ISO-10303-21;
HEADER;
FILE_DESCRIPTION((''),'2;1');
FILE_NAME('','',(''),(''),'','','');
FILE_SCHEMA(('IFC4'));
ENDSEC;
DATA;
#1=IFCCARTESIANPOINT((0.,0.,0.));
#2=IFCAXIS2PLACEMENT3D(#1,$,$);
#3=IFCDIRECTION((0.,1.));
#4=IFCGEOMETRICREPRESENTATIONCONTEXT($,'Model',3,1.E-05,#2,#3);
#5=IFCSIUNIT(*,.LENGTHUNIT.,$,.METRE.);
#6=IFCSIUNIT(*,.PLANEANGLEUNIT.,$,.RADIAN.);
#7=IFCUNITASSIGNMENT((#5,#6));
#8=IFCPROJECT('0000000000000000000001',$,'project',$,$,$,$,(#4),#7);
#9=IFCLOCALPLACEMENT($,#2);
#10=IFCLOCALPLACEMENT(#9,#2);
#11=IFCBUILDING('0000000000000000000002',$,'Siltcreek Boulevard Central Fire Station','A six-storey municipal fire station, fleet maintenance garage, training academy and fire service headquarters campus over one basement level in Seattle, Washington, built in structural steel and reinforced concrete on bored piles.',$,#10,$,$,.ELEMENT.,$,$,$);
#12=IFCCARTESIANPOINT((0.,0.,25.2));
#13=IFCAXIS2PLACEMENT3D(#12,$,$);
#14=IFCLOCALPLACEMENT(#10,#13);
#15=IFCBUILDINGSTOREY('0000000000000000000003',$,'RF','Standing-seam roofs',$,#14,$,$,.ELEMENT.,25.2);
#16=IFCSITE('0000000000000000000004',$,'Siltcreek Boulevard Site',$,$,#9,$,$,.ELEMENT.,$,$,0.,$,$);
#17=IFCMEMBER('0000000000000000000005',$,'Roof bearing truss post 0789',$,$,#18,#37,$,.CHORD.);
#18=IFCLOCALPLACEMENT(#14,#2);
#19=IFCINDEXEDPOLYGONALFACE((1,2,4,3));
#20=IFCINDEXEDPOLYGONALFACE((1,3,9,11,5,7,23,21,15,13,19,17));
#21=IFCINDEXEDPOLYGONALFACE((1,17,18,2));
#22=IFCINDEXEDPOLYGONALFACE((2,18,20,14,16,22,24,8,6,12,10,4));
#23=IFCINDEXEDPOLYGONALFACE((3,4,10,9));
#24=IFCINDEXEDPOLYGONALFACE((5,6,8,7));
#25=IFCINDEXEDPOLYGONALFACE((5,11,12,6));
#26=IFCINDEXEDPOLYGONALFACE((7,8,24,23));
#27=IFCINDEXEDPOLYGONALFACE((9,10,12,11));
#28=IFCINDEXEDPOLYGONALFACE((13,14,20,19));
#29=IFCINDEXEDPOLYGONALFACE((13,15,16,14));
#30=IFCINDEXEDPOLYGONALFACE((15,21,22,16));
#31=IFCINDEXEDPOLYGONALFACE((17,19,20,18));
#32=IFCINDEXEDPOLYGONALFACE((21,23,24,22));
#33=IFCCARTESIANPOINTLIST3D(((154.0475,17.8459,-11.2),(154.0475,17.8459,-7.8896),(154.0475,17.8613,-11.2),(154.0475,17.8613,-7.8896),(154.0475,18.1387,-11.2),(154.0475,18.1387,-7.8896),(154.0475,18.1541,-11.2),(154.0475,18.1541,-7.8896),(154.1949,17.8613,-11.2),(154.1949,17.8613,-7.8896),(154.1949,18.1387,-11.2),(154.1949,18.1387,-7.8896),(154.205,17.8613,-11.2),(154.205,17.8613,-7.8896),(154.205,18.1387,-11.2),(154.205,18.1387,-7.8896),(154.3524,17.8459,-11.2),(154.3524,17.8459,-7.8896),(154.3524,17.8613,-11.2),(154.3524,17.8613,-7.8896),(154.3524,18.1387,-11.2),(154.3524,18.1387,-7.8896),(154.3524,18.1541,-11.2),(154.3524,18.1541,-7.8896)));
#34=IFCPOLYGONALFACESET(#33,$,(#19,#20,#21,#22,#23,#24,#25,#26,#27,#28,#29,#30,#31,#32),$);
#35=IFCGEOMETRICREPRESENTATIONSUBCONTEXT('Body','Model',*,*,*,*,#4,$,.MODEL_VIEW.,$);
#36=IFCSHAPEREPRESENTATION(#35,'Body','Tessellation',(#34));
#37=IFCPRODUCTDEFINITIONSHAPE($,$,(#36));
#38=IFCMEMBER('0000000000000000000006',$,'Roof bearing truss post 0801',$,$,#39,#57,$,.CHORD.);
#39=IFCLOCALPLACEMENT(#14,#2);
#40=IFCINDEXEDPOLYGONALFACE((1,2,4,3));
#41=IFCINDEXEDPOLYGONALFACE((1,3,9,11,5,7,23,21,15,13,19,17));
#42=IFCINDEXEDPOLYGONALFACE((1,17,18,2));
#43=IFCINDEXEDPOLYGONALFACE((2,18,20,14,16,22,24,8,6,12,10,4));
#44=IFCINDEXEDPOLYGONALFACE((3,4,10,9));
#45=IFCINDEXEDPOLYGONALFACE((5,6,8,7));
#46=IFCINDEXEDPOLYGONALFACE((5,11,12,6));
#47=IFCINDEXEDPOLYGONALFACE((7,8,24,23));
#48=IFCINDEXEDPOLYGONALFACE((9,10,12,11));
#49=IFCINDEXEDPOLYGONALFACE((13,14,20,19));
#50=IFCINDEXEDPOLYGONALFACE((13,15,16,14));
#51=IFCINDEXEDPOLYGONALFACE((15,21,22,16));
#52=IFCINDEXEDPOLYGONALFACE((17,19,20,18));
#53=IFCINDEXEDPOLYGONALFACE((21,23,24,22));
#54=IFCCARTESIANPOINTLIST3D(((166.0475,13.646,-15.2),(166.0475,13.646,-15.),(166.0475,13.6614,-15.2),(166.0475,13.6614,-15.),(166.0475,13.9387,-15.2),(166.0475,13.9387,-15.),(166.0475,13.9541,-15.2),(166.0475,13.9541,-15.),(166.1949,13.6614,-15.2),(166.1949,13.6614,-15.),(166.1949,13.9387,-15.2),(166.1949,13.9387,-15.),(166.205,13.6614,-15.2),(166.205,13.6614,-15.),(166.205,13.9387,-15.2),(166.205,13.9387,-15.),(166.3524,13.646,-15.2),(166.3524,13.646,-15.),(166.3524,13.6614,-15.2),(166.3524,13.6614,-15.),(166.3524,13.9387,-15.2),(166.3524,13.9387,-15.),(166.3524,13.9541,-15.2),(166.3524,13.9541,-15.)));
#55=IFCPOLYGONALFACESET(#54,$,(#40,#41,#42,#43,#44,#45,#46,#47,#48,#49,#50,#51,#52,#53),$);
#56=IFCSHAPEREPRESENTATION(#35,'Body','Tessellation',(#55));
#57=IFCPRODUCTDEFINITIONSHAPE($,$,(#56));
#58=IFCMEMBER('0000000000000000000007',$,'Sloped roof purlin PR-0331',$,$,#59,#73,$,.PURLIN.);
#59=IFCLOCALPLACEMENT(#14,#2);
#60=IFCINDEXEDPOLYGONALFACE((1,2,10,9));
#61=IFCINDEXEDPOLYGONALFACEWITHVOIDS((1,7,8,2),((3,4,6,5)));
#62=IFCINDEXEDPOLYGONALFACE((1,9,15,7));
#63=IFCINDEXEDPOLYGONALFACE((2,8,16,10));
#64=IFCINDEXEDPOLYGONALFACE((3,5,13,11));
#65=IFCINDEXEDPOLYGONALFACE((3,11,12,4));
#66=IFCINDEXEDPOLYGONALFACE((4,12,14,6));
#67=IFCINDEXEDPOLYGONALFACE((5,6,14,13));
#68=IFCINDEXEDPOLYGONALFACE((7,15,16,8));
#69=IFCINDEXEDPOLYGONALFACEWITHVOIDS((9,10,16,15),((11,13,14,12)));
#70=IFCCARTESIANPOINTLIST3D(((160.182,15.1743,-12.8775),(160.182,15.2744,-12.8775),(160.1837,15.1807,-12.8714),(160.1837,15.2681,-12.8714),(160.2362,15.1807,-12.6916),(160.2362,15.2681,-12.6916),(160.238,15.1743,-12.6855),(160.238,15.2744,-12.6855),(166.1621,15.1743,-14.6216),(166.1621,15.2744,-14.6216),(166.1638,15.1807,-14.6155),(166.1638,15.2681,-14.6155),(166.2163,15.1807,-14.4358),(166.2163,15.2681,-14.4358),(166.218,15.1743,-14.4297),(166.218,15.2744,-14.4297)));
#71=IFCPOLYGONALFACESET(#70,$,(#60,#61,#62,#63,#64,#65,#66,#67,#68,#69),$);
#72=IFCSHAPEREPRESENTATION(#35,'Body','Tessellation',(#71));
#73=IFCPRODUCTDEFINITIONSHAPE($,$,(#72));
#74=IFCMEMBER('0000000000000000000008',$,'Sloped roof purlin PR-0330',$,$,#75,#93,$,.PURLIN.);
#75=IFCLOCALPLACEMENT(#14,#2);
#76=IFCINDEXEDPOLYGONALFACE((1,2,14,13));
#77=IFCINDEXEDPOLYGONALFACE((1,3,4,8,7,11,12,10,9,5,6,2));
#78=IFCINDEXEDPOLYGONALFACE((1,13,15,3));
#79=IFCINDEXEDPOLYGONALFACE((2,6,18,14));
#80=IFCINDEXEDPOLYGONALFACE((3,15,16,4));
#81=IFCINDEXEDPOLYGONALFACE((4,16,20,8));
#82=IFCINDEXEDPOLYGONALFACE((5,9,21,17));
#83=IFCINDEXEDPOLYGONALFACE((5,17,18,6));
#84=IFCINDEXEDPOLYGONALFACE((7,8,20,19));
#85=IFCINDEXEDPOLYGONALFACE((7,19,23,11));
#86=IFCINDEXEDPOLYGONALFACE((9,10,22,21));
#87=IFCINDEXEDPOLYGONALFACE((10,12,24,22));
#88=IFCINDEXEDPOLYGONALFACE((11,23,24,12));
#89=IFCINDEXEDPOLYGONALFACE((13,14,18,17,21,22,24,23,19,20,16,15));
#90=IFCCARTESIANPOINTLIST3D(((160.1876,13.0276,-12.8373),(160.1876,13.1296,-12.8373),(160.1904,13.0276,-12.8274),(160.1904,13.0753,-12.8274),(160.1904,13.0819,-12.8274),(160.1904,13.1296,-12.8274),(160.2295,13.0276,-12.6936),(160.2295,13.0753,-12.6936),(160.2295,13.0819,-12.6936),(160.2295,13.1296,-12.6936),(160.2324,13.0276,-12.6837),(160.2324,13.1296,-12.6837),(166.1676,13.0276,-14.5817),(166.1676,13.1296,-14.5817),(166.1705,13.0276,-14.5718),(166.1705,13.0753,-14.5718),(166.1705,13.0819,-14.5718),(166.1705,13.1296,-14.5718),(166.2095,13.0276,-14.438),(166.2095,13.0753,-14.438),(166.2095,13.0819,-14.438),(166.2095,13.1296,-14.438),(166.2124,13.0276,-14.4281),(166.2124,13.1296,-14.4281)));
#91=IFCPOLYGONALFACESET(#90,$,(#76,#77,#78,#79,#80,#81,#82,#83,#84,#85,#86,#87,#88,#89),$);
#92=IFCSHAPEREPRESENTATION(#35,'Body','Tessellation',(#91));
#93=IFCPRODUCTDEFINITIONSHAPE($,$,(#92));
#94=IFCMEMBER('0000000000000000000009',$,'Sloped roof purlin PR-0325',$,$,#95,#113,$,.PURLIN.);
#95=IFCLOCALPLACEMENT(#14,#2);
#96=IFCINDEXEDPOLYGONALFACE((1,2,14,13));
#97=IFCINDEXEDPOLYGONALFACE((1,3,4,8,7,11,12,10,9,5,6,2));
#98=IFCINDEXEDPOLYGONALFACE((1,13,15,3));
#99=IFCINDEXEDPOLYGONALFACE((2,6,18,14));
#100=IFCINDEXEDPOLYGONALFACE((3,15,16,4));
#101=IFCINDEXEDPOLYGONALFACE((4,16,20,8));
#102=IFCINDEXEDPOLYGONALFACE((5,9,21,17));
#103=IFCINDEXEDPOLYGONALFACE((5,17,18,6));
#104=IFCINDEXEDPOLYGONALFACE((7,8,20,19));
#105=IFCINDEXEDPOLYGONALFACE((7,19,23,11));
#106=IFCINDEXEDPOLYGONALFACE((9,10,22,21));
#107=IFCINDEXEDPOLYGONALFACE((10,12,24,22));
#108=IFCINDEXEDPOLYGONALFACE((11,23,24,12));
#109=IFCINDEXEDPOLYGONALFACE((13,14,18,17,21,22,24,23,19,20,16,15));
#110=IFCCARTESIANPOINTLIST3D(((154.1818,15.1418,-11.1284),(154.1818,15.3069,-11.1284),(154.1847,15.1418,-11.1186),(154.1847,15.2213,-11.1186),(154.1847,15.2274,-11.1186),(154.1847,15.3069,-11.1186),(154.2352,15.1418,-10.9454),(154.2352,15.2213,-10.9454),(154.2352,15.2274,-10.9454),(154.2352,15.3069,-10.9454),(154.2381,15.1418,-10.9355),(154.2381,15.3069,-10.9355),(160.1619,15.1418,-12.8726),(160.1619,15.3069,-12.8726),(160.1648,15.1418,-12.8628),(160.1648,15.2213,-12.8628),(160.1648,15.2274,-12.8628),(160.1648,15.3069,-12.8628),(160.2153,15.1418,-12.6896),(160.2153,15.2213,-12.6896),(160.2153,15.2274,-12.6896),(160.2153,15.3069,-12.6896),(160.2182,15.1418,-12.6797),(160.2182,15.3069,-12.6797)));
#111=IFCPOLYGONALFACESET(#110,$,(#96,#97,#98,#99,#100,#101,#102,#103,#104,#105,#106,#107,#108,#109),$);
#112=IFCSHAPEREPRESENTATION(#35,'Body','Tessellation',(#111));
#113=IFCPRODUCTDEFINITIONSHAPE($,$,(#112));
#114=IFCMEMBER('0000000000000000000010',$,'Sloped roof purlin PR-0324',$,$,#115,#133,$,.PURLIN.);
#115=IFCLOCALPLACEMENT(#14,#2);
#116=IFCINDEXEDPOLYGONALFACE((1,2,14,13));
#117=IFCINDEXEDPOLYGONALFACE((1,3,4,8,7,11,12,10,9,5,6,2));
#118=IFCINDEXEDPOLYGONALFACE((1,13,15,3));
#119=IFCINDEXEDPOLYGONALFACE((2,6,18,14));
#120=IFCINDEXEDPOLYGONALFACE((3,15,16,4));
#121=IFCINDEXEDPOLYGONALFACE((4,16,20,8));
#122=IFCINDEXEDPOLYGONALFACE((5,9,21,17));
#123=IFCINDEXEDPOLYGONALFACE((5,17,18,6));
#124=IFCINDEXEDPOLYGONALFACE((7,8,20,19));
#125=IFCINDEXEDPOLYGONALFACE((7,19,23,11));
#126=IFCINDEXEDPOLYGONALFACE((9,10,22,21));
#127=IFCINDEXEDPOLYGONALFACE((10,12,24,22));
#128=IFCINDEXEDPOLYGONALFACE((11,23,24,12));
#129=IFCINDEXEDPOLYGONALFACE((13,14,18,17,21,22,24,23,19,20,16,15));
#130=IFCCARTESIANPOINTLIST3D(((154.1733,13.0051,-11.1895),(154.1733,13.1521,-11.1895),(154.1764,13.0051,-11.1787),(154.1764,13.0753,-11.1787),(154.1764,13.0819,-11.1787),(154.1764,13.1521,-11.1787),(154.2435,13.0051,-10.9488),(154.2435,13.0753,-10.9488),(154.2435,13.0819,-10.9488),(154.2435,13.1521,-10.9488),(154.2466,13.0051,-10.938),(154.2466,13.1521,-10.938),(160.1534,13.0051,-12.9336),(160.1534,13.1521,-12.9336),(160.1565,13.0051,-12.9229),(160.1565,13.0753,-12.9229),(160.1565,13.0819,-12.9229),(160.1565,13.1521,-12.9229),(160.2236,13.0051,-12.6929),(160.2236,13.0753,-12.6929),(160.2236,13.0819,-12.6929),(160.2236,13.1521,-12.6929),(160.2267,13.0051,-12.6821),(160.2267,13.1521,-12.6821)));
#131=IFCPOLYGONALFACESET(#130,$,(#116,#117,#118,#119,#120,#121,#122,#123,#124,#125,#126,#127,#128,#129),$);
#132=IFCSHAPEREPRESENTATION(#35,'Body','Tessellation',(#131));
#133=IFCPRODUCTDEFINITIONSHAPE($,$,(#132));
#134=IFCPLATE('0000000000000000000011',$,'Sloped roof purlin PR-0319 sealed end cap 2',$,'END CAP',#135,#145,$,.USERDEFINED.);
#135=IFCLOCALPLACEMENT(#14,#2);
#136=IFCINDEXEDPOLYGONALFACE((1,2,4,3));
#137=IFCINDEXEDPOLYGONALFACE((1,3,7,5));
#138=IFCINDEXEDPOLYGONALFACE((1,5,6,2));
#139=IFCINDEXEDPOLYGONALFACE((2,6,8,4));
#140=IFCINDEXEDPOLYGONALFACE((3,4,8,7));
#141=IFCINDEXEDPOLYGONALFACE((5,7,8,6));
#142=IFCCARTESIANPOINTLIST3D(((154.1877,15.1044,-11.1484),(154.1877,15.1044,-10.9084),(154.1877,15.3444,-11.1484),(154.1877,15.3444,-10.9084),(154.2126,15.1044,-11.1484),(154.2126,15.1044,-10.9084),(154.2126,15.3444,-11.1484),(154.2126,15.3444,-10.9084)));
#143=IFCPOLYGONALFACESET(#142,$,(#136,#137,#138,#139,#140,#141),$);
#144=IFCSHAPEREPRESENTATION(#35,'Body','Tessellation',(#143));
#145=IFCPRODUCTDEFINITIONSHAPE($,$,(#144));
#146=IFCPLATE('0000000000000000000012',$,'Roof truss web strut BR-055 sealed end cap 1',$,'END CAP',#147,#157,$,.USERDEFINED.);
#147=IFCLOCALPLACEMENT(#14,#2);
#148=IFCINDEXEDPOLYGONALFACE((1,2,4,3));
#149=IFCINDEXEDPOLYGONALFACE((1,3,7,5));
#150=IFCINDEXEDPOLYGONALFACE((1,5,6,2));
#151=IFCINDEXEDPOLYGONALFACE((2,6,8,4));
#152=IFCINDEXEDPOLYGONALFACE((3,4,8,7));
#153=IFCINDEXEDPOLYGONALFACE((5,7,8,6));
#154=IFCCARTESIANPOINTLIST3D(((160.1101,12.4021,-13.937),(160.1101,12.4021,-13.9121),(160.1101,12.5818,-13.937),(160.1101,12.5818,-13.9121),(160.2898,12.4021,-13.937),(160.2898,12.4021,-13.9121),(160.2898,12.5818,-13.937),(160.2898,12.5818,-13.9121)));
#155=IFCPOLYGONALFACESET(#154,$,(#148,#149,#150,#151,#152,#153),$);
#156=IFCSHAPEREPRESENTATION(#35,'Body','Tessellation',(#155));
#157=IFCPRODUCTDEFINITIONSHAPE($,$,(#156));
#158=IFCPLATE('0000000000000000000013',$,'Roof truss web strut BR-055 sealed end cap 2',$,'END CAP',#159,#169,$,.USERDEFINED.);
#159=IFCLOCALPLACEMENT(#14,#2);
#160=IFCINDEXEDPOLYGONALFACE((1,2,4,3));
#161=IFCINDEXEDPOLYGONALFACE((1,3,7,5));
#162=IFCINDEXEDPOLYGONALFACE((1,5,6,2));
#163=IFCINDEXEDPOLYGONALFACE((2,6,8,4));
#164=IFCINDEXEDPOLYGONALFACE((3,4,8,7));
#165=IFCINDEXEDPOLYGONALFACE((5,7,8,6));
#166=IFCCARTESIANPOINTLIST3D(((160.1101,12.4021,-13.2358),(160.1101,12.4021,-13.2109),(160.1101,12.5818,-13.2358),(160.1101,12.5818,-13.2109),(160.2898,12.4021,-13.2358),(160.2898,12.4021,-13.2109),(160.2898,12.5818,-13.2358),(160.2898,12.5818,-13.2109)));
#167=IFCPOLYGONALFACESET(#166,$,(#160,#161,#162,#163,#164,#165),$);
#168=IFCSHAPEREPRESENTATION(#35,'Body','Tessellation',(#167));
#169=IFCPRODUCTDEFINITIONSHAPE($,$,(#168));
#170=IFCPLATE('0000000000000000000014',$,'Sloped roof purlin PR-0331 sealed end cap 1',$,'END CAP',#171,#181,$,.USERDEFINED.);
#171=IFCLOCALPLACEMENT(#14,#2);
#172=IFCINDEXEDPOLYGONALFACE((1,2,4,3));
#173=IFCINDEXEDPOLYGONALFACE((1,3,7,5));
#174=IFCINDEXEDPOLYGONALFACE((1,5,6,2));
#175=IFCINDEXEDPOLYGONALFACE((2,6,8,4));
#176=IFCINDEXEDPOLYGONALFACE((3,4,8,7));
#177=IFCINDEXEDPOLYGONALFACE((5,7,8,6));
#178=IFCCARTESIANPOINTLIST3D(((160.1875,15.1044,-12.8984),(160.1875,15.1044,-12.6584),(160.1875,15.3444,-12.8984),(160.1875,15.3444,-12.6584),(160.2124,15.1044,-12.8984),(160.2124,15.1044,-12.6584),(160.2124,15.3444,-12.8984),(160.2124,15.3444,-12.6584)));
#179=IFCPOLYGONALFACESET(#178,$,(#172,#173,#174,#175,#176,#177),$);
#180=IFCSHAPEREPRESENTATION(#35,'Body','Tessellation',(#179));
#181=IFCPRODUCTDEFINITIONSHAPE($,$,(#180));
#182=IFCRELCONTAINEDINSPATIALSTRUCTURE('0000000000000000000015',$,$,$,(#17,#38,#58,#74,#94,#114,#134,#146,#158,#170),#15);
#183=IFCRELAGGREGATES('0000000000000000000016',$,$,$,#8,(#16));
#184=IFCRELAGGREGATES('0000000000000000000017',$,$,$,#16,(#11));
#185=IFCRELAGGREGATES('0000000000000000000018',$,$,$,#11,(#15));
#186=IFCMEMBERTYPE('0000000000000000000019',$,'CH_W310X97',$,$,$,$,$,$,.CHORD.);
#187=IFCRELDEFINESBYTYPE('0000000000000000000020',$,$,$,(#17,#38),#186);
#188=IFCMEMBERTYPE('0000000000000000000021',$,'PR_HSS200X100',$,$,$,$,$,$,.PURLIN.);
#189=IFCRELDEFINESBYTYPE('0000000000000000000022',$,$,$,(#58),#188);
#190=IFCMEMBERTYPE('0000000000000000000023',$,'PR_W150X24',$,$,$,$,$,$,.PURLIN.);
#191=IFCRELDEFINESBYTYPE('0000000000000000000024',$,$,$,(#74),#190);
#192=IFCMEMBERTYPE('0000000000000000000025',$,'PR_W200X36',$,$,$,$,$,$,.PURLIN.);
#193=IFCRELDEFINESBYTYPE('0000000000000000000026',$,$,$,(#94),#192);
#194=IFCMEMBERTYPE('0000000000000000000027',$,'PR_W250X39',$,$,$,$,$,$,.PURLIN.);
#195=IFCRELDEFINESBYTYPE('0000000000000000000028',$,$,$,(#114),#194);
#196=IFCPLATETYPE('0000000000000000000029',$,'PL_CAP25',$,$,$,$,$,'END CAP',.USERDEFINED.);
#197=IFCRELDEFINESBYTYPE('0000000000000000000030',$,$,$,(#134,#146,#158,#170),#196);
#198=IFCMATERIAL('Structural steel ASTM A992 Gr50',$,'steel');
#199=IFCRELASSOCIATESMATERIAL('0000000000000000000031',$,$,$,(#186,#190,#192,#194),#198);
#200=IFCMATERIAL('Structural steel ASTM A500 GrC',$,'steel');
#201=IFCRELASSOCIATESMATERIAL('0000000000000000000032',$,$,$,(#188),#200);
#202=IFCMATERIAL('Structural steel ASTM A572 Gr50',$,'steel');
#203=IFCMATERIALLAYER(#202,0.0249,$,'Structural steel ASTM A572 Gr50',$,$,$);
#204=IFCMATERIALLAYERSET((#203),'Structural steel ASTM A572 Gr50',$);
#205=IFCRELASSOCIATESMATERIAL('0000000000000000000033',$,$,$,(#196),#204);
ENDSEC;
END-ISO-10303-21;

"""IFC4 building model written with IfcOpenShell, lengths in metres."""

from ifc_helpers import new_model, si_unit, direction, frame, origin, origin_2d, place, context, subcontext, project, spatial, rectangle, hollow_rectangle, i_section, extrude, material, layer, layer_set, material_profile, profile_set, type_object, element, save


model = new_model("IFC4")

# Units and contexts
model_context = context("Model", 3, precision=1e-05, world=origin(), true_north=direction((0.0, 1.0)))
body_context = subcontext(model_context, "Body", "Model", "MODEL_VIEW")
ifc_project = project(units=[si_unit("LENGTHUNIT", "METRE"), si_unit("PLANEANGLEUNIT", "RADIAN")], contexts=[model_context])

# Site, building, storey
site_placement = place(None, origin())
site = spatial("IfcSite", under=ifc_project, at=site_placement, Name="Siltcreek Boulevard Site", CompositionType="ELEMENT", RefElevation=0.0)
building_placement = place(site_placement, origin())
building = spatial("IfcBuilding", under=site, at=building_placement, Name="Siltcreek Boulevard Central Fire Station", Description="A six-storey municipal fire station, fleet maintenance garage, training academy and fire service headquarters campus over one basement level in Seattle, Washington, built in structural steel and reinforced concrete on bored piles.", CompositionType="ELEMENT")
storey_placement = place(building_placement, frame((0.0, 0.0, 25.2)))
storey = spatial("IfcBuildingStorey", under=building, at=storey_placement, Name="RF", Description="Standing-seam roofs", CompositionType="ELEMENT", Elevation=25.2)

# Members
ifc_material_1 = material(Name="Structural steel ASTM A992 Gr50", Category="steel")
ifc_material_profile_1 = material_profile(ifc_material_1, i_section(OverallWidth=0.3049, OverallDepth=0.3081, WebThickness=0.01, FlangeThickness=0.0154, at=origin_2d()), Name="W310X97")
ifc_profile_set_1 = profile_set([ifc_material_profile_1], Name="Structural steel ASTM A992 Gr50")
member_type_1 = type_object("IfcMemberType", Name="CH_W310X97", PredefinedType="CHORD", material=ifc_profile_set_1)
member_1_placement = place(storey_placement, frame((154.2, 18.0, -11.2), z_axis=(0.0, 0.0, 1.0), x_axis=(1.0, 0.0, 0.0)))
element("IfcMember", 1, at=member_1_placement, inside=storey, type_object=member_type_1, Name="Roof bearing truss post 0789", PredefinedType="CHORD", context=body_context, shape_type="SweptSolid", body=[
    extrude(i_section(OverallWidth=0.3049, OverallDepth=0.3081, WebThickness=0.01, FlangeThickness=0.0154, at=origin_2d()), origin(), (0.0, 0.0, 1.0), 3.3103),
])
member_2_placement = place(storey_placement, frame((166.2, 13.8, -15.2), z_axis=(0.0, 0.0, 1.0), x_axis=(1.0, 0.0, 0.0)))
element("IfcMember", 2, at=member_2_placement, inside=storey, type_object=member_type_1, Name="Roof bearing truss post 0801", PredefinedType="CHORD", context=body_context, shape_type="SweptSolid", body=[
    extrude(i_section(OverallWidth=0.3049, OverallDepth=0.3081, WebThickness=0.01, FlangeThickness=0.0154, at=origin_2d()), origin(), (0.0, 0.0, 1.0), 0.2),
])
ifc_material_2 = material(Name="Structural steel ASTM A500 GrC", Category="steel")
ifc_material_profile_2 = material_profile(ifc_material_2, hollow_rectangle(XDim=0.1001, YDim=0.2, WallThickness=0.0063, at=origin_2d()), Name="HSS200X100X6.4")
ifc_profile_set_2 = profile_set([ifc_material_profile_2], Name="Structural steel ASTM A500 GrC")
member_type_2 = type_object("IfcMemberType", Name="PR_HSS200X100", PredefinedType="PURLIN", material=ifc_profile_set_2)
member_3_placement = place(storey_placement, frame((160.21, 15.2244, -12.7815), z_axis=(0.960001, 0.0, -0.279997), x_axis=(0.0, 1.0, 0.0)))
element("IfcMember", 3, at=member_3_placement, inside=storey, type_object=member_type_2, Name="Sloped roof purlin PR-0331", PredefinedType="PURLIN", context=body_context, shape_type="SweptSolid", body=[
    extrude(hollow_rectangle(XDim=0.1001, YDim=0.2, WallThickness=0.0063, at=origin_2d()), origin(), (0.0, 0.0, 1.0), 6.2292),
])
ifc_material_profile_3 = material_profile(ifc_material_1, i_section(OverallWidth=0.1021, OverallDepth=0.1599, WebThickness=0.0066, FlangeThickness=0.0103, at=origin_2d()), Name="W150X24")
ifc_profile_set_3 = profile_set([ifc_material_profile_3], Name="Structural steel ASTM A992 Gr50")
member_type_3 = type_object("IfcMemberType", Name="PR_W150X24", PredefinedType="PURLIN", material=ifc_profile_set_3)
member_4_placement = place(storey_placement, frame((160.21, 13.0786, -12.7605), z_axis=(0.95999, 0.0, -0.280033), x_axis=(0.0, 1.0, 0.0)))
element("IfcMember", 4, at=member_4_placement, inside=storey, type_object=member_type_3, Name="Sloped roof purlin PR-0330", PredefinedType="PURLIN", context=body_context, shape_type="SweptSolid", body=[
    extrude(i_section(OverallWidth=0.1021, OverallDepth=0.1599, WebThickness=0.0066, FlangeThickness=0.0103, at=origin_2d()), origin(), (0.0, 0.0, 1.0), 6.2292),
])
ifc_material_profile_4 = material_profile(ifc_material_1, i_section(OverallWidth=0.165, OverallDepth=0.2009, WebThickness=0.0061, FlangeThickness=0.0103, at=origin_2d()), Name="W200X36")
ifc_profile_set_4 = profile_set([ifc_material_profile_4], Name="Structural steel ASTM A992 Gr50")
member_type_4 = type_object("IfcMemberType", Name="PR_W200X36", PredefinedType="PURLIN", material=ifc_profile_set_4)
member_5_placement = place(storey_placement, frame((154.21, 15.2244, -11.032), z_axis=(0.960001, 0.0, -0.279997), x_axis=(0.0, 1.0, 0.0)))
element("IfcMember", 5, at=member_5_placement, inside=storey, type_object=member_type_4, Name="Sloped roof purlin PR-0325", PredefinedType="PURLIN", context=body_context, shape_type="SweptSolid", body=[
    extrude(i_section(OverallWidth=0.165, OverallDepth=0.2009, WebThickness=0.0061, FlangeThickness=0.0103, at=origin_2d()), origin(), (0.0, 0.0, 1.0), 6.2292),
])
ifc_material_profile_5 = material_profile(ifc_material_1, i_section(OverallWidth=0.147, OverallDepth=0.262, WebThickness=0.0066, FlangeThickness=0.0112, at=origin_2d()), Name="W250X39")
ifc_profile_set_5 = profile_set([ifc_material_profile_5], Name="Structural steel ASTM A992 Gr50")
member_type_5 = type_object("IfcMemberType", Name="PR_W250X39", PredefinedType="PURLIN", material=ifc_profile_set_5)
member_6_placement = place(storey_placement, frame((154.21, 13.0786, -11.0637), z_axis=(0.960001, 0.0, -0.279997), x_axis=(0.0, 1.0, 0.0)))
element("IfcMember", 6, at=member_6_placement, inside=storey, type_object=member_type_5, Name="Sloped roof purlin PR-0324", PredefinedType="PURLIN", context=body_context, shape_type="SweptSolid", body=[
    extrude(i_section(OverallWidth=0.147, OverallDepth=0.262, WebThickness=0.0066, FlangeThickness=0.0112, at=origin_2d()), origin(), (0.0, 0.0, 1.0), 6.2292),
])

# Plates
ifc_material_3 = material(Name="Structural steel ASTM A572 Gr50", Category="steel")
ifc_layer_1 = layer(ifc_material_3, 0.0249, Name="Structural steel ASTM A572 Gr50")
ifc_layer_set_1 = layer_set([ifc_layer_1], Name="Structural steel ASTM A572 Gr50")
plate_type = type_object("IfcPlateType", Name="PL_CAP25", ElementType="END CAP", PredefinedType="USERDEFINED", material=ifc_layer_set_1)
plate_placement = place(storey_placement, frame((154.2002, 15.2244, -11.1484), z_axis=(0.0, 0.0, 1.0), x_axis=(1.0, 0.0, 0.0)))
element("IfcPlate", 7, at=plate_placement, inside=storey, type_object=plate_type, Name="Sloped roof purlin PR-0319 sealed end cap 2", ObjectType="END CAP", PredefinedType="USERDEFINED", context=body_context, shape_type="SweptSolid", body=[
    extrude(rectangle(XDim=0.0249, YDim=0.24, at=origin_2d()), origin(), (0.0, 0.0, 1.0), 0.24),
])
for number, where, z_axis, x_axis, name in (
    (8, (160.2, 12.4919, -13.937), (0.0, 0.0, 1.0), (1.0, 0.0, 0.0), "Roof truss web strut BR-055 sealed end cap 1"),
    (9, (160.2, 12.4919, -13.2358), (0.0, 0.0, 1.0), (1.0, 0.0, 0.0), "Roof truss web strut BR-055 sealed end cap 2"),
):
    element("IfcPlate", number, at=place(storey_placement, frame(where, z_axis=z_axis, x_axis=x_axis)), inside=storey, type_object=plate_type, Name=name, ObjectType="END CAP", PredefinedType="USERDEFINED", context=body_context, shape_type="SweptSolid", body=[
        extrude(rectangle(XDim=0.1797, YDim=0.1797, at=origin_2d()), origin(), (0.0, 0.0, 1.0), 0.0249),
    ])
for number, where, z_axis, x_axis, name in (
    (10, (160.2, 15.2244, -12.8984), (0.0, 0.0, 1.0), (1.0, 0.0, 0.0), "Sloped roof purlin PR-0331 sealed end cap 1"),
):
    element("IfcPlate", number, at=place(storey_placement, frame(where, z_axis=z_axis, x_axis=x_axis)), inside=storey, type_object=plate_type, Name=name, ObjectType="END CAP", PredefinedType="USERDEFINED", context=body_context, shape_type="SweptSolid", body=[
        extrude(rectangle(XDim=0.0249, YDim=0.24, at=origin_2d()), origin(), (0.0, 0.0, 1.0), 0.24),
    ])

save(model, "model.ifc")
